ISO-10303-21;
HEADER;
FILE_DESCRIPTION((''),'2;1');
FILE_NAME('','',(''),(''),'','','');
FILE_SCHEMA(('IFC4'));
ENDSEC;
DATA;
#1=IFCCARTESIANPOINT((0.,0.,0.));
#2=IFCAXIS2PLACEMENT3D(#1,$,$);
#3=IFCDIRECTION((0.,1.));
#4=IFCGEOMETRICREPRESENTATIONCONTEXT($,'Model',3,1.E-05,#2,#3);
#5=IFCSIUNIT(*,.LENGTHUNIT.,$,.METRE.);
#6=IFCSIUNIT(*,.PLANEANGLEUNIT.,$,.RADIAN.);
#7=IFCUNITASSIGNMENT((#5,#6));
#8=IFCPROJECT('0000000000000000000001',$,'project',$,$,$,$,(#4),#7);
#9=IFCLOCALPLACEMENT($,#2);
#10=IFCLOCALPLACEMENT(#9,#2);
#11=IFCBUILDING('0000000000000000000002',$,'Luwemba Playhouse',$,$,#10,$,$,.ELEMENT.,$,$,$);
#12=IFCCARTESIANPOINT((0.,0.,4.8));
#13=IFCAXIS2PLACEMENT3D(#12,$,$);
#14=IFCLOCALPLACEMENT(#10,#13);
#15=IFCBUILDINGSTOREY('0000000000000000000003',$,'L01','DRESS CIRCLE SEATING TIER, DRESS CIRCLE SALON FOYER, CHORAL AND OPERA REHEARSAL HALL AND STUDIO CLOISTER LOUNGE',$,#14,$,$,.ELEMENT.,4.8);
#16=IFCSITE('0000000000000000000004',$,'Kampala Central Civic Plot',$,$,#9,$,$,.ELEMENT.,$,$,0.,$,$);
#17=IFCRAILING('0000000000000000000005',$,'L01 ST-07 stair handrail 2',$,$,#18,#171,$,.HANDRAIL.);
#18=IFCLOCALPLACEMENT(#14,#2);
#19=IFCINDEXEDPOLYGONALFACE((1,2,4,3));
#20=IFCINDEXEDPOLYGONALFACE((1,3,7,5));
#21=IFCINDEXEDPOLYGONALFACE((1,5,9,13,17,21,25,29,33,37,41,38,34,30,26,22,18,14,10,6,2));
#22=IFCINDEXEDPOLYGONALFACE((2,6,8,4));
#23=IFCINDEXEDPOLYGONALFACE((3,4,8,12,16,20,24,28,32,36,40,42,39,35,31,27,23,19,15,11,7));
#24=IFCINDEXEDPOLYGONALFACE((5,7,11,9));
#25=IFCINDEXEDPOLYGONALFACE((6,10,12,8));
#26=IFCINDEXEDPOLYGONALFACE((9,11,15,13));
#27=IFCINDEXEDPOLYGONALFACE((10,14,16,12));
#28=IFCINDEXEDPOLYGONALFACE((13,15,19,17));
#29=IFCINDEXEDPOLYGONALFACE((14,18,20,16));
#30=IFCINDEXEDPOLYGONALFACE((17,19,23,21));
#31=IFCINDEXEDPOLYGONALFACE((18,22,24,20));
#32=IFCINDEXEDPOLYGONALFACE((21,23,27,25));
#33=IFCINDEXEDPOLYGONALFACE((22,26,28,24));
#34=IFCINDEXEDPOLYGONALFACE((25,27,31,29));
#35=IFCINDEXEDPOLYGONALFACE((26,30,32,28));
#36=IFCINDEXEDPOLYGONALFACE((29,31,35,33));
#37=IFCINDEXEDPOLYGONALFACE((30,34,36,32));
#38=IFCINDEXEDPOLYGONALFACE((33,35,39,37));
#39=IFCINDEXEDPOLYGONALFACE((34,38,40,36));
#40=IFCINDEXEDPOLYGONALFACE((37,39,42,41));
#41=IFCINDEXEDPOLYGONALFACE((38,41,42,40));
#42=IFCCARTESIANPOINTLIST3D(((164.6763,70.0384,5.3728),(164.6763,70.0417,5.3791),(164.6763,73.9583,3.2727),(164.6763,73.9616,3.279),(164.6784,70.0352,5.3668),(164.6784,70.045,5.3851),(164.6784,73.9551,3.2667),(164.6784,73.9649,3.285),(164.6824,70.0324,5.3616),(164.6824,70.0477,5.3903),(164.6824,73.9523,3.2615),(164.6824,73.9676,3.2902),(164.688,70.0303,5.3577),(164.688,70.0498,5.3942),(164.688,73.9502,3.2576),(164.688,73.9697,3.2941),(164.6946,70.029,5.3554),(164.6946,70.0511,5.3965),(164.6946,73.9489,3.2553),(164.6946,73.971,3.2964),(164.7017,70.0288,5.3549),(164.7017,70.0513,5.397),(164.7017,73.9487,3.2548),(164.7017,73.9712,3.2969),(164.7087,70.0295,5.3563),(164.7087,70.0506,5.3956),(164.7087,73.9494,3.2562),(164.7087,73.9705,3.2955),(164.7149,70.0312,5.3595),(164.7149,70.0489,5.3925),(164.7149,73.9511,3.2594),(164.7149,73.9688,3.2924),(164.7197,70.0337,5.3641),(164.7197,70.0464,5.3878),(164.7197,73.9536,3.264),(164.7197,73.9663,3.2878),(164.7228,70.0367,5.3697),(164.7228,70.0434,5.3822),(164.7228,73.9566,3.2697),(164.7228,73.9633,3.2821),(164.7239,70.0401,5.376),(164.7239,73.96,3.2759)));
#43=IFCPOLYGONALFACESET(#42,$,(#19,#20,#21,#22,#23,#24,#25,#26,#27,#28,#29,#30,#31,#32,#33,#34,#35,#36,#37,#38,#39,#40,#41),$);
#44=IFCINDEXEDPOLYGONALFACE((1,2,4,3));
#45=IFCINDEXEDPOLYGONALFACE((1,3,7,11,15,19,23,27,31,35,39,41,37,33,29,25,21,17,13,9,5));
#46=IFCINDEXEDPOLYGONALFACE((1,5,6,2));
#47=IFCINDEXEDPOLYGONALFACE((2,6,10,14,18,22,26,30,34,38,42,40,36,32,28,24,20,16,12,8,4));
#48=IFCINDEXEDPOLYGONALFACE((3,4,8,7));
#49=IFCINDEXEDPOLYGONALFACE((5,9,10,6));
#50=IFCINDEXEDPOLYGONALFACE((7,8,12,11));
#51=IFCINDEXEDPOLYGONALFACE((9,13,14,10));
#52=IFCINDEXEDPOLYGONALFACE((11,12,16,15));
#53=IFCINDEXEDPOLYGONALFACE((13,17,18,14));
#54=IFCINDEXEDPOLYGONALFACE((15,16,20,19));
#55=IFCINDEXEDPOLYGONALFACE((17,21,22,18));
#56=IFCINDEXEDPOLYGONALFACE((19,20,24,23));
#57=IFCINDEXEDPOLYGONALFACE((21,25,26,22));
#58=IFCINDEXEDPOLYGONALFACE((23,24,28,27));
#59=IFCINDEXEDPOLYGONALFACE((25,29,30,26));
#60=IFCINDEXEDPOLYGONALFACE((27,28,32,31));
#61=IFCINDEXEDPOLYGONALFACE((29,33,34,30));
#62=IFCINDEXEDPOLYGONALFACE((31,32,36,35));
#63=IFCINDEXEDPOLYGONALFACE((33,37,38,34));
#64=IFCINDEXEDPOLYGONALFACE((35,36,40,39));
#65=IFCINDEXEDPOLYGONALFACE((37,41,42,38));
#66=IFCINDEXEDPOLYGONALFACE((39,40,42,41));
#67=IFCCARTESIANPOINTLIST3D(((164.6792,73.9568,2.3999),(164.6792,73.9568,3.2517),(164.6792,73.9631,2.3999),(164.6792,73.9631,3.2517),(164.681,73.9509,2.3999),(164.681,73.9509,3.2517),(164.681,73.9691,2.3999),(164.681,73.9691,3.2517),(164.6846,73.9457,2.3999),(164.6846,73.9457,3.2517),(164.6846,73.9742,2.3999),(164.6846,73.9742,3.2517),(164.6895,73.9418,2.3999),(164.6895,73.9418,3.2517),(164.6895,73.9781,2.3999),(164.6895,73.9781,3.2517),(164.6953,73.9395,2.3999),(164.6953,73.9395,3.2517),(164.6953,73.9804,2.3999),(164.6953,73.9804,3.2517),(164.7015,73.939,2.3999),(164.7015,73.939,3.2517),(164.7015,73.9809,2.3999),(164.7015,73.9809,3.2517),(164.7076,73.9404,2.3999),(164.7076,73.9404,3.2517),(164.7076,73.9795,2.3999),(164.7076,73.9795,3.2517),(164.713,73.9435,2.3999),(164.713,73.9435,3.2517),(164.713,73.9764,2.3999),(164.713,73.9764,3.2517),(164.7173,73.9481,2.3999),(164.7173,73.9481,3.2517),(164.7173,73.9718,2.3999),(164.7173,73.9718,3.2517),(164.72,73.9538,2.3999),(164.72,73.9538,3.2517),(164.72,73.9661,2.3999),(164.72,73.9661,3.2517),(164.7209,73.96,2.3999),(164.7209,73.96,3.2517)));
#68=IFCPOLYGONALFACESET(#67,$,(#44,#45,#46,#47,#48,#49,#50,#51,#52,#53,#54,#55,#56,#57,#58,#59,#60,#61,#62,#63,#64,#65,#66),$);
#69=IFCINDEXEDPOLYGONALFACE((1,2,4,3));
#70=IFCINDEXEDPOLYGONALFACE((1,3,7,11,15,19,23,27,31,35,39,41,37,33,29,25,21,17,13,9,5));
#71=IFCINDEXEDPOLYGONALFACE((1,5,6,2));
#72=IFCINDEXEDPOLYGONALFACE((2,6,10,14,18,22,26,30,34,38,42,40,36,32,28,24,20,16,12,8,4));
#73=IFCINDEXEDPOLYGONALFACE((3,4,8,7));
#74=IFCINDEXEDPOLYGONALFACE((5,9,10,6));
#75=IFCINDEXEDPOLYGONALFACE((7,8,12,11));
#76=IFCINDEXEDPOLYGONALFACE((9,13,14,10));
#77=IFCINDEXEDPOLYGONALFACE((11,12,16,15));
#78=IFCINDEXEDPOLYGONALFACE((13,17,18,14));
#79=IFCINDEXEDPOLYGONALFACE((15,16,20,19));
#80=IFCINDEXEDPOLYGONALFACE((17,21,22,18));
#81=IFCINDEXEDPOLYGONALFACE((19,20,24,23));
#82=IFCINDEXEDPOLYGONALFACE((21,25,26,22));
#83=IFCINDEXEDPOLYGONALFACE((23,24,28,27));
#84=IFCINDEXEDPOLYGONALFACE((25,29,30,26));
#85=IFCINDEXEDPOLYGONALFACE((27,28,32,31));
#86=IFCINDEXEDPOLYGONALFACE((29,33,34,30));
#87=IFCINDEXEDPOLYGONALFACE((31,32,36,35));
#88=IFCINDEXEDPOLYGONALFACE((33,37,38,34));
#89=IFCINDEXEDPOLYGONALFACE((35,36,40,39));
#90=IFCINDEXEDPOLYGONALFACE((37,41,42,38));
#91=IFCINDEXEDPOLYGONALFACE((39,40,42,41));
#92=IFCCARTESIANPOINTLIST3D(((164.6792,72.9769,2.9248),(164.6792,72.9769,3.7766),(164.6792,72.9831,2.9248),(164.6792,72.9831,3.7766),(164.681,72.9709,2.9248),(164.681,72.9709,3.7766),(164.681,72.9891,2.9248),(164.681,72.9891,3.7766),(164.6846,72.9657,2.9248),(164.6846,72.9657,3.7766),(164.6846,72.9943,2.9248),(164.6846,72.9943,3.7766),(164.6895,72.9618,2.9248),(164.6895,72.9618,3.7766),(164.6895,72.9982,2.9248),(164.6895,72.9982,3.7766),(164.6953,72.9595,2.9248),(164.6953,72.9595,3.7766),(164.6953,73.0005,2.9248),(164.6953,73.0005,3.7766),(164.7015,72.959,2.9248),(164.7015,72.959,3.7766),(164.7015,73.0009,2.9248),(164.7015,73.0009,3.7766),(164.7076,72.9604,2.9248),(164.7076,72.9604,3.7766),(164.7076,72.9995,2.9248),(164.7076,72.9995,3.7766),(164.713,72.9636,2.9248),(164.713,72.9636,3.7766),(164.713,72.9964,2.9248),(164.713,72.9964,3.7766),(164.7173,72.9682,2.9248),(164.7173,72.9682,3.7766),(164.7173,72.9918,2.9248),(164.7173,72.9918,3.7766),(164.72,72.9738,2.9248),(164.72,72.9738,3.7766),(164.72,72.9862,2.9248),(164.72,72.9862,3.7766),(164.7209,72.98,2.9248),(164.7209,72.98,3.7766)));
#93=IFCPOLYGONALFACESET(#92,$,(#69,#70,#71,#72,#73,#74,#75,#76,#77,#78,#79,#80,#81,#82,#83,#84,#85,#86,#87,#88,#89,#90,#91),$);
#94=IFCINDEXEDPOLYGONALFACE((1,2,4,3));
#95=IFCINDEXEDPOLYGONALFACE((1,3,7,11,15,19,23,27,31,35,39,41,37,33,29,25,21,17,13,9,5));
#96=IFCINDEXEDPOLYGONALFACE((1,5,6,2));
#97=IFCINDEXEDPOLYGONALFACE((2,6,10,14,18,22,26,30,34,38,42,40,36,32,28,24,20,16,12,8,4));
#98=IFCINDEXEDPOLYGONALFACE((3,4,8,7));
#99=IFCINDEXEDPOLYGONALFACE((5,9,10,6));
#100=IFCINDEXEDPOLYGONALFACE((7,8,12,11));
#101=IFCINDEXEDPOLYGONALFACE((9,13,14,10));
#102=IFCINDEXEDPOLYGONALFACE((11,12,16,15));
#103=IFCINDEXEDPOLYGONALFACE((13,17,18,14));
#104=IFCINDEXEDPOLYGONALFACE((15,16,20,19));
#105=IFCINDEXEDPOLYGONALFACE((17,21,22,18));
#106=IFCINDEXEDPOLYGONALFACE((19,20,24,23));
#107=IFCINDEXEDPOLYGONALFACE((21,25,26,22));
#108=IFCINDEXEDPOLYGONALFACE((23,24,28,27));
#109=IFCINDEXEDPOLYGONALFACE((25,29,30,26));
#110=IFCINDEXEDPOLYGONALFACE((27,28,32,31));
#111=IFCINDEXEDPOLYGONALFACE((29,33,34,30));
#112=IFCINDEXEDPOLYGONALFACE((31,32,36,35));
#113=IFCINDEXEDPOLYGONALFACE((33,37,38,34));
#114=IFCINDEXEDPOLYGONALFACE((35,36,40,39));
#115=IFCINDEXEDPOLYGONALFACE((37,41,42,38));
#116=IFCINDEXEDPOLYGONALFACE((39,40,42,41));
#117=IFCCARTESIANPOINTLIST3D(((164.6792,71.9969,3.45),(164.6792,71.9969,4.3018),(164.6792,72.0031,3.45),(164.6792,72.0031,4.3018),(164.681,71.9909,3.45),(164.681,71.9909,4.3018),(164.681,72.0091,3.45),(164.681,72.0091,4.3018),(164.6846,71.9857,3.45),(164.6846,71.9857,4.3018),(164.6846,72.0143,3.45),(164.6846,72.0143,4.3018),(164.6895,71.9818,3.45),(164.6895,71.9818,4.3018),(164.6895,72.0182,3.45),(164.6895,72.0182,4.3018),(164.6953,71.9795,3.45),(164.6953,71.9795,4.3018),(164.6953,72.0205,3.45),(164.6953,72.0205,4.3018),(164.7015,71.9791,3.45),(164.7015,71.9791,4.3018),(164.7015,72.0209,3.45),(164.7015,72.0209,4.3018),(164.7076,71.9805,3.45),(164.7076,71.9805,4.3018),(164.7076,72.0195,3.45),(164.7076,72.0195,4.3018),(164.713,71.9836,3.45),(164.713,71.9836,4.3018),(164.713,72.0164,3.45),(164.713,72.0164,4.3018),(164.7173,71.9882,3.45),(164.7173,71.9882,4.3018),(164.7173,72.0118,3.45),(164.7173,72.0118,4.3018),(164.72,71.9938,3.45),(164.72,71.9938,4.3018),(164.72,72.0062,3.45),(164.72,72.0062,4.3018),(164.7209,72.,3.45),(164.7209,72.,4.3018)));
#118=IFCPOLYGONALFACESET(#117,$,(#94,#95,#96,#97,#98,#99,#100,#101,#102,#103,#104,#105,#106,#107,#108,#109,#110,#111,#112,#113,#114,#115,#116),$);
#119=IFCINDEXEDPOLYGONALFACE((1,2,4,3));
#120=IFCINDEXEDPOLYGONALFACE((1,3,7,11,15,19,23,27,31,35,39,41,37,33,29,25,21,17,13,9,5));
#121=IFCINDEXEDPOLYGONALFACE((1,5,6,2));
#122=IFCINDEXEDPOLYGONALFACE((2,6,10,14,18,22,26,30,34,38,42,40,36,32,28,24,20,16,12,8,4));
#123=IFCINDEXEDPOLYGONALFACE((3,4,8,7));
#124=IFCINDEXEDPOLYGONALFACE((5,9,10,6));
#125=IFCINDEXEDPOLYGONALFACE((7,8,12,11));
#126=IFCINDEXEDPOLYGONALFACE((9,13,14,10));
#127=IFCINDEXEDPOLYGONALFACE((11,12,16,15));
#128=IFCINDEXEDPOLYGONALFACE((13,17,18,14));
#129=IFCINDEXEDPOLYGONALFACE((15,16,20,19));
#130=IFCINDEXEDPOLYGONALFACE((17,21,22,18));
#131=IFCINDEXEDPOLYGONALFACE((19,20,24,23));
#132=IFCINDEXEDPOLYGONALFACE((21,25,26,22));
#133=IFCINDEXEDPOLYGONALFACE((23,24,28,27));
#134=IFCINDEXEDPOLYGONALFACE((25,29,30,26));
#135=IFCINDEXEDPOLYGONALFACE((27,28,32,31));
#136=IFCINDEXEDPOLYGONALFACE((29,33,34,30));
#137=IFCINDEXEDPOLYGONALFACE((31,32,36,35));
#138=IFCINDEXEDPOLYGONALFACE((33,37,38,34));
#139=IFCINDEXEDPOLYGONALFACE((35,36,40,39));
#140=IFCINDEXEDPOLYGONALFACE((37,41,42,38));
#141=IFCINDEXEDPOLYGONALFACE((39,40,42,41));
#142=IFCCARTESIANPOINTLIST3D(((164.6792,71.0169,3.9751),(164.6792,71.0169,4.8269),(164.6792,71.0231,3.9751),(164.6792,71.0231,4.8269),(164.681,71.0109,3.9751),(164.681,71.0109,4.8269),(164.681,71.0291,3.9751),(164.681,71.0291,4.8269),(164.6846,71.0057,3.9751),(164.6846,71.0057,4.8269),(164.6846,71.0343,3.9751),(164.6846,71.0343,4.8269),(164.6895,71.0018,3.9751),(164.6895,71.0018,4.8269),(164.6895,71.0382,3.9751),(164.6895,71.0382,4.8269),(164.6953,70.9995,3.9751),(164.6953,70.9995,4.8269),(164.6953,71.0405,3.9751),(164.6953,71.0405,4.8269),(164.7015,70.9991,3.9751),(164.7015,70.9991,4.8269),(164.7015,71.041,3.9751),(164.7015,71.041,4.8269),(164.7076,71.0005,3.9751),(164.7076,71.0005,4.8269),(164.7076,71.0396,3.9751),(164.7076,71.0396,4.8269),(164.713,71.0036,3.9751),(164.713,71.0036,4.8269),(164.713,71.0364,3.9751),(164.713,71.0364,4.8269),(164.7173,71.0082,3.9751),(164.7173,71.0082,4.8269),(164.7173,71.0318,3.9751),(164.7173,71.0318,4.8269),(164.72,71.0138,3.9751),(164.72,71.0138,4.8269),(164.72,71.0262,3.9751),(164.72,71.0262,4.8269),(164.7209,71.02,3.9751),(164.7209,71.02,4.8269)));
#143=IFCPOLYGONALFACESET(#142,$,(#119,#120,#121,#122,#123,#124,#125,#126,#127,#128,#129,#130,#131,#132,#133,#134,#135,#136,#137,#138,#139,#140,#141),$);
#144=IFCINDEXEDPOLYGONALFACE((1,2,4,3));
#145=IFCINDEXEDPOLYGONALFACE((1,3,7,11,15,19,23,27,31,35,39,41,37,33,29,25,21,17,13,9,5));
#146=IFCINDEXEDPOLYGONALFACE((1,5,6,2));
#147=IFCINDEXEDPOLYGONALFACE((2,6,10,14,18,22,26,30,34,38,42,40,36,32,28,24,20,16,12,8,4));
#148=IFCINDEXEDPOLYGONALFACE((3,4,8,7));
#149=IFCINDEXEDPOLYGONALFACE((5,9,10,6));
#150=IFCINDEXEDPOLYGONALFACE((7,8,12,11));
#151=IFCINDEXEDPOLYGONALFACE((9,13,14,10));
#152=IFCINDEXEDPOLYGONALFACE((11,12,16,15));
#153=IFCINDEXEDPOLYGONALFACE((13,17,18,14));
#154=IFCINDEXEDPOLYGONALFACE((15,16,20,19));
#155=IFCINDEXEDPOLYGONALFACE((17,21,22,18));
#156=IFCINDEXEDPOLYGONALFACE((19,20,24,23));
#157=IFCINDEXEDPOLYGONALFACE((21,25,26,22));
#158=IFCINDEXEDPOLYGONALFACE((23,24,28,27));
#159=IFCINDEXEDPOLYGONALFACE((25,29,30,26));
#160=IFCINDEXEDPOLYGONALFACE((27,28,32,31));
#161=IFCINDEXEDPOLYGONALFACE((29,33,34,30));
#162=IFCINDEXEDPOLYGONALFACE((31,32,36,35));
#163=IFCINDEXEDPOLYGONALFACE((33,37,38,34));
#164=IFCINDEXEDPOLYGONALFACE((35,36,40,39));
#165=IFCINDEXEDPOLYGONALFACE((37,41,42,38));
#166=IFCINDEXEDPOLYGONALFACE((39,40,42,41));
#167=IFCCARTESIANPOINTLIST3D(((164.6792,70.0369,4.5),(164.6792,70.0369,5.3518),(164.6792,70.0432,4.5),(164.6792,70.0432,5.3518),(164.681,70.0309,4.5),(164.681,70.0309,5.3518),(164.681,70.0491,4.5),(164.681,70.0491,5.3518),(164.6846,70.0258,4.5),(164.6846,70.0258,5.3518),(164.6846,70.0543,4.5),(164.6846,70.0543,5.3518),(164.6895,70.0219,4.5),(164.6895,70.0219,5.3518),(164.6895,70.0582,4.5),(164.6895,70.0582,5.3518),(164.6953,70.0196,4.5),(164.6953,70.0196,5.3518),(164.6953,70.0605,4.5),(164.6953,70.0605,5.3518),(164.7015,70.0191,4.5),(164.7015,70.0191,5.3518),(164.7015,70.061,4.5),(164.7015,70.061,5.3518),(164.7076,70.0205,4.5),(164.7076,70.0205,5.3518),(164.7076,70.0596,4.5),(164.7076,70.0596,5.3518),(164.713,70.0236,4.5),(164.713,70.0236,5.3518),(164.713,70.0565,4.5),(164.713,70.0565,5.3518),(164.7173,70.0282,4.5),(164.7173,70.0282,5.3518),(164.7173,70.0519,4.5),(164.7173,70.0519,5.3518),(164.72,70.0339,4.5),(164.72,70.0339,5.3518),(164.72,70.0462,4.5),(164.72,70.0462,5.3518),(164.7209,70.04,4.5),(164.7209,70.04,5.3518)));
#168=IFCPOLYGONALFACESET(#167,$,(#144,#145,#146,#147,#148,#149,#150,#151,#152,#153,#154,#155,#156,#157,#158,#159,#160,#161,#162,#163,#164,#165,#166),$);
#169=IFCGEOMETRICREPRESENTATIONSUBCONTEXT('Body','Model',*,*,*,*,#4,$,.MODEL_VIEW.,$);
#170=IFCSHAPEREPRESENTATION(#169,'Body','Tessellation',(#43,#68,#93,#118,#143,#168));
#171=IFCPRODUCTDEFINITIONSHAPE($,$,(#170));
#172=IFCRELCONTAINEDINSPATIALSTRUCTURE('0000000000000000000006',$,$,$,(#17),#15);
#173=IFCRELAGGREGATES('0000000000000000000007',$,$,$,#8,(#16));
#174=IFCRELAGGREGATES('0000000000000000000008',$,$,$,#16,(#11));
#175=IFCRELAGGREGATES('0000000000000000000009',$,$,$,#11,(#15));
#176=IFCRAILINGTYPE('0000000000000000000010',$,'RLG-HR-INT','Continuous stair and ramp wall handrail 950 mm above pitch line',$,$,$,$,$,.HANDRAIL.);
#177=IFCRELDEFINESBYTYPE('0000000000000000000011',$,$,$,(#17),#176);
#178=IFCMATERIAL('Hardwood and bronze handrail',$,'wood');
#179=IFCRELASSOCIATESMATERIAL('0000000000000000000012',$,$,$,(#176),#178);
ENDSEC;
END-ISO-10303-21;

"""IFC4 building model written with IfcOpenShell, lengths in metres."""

from ifc_helpers import new_model, si_unit, direction, frame, origin, origin_2d, place, context, subcontext, project, spatial, circle, extrude, material, type_object, element, save


model = new_model("IFC4")

# Units and contexts
model_context = context("Model", 3, precision=1e-05, world=origin(), true_north=direction((0.0, 1.0)))
body_context = subcontext(model_context, "Body", "Model", "MODEL_VIEW")
ifc_project = project(units=[si_unit("LENGTHUNIT", "METRE"), si_unit("PLANEANGLEUNIT", "RADIAN")], contexts=[model_context])

# Site, building, storey
site_placement = place(None, origin())
site = spatial("IfcSite", under=ifc_project, at=site_placement, Name="Kampala Central Civic Plot", CompositionType="ELEMENT", RefElevation=0.0)
building_placement = place(site_placement, origin())
building = spatial("IfcBuilding", under=site, at=building_placement, Name="Luwemba Playhouse", CompositionType="ELEMENT")
storey_placement = place(building_placement, frame((0.0, 0.0, 4.8)))
storey = spatial("IfcBuildingStorey", under=building, at=storey_placement, Name="L01", Description="DRESS CIRCLE SEATING TIER, DRESS CIRCLE SALON FOYER, CHORAL AND OPERA REHEARSAL HALL AND STUDIO CLOISTER LOUNGE", CompositionType="ELEMENT", Elevation=4.8)

# Railing
ifc_material_1 = material(Name="Hardwood and bronze handrail", Category="wood")
railing_type_1 = type_object("IfcRailingType", Name="RLG-HR-INT", Description="Continuous stair and ramp wall handrail 950 mm above pitch line", PredefinedType="HANDRAIL", material=ifc_material_1)
railing_1_placement = place(storey_placement, frame((164.7, 73.96, 2.3999)))
element("IfcRailing", 1, at=railing_1_placement, inside=storey, type_object=railing_type_1, Name="L01 ST-07 stair handrail 2", PredefinedType="HANDRAIL", context=body_context, shape_type="SweptSolid", body=[
    extrude(circle(Radius=0.0239, at=origin_2d()), frame((0.0, 0.0, 0.876), z_axis=(0.0, -0.881467, 0.472246), x_axis=(1.0, 0.0, 0.0)), (0.0, 0.0, 1.0), 4.447),
    extrude(circle(Radius=0.021, at=origin_2d()), origin(), (0.0, 0.0, 1.0), 0.8518),
    extrude(circle(Radius=0.021, at=origin_2d()), frame((0.0, -0.98, 0.5249)), (0.0, 0.0, 1.0), 0.8518),
    extrude(circle(Radius=0.021, at=origin_2d()), frame((0.0, -1.96, 1.05)), (0.0, 0.0, 1.0), 0.8518),
    extrude(circle(Radius=0.021, at=origin_2d()), frame((0.0, -2.9399, 1.5752)), (0.0, 0.0, 1.0), 0.8518),
    extrude(circle(Radius=0.021, at=origin_2d()), frame((0.0, -3.9199, 2.1001)), (0.0, 0.0, 1.0), 0.8518),
])

save(model, "model.ifc")
